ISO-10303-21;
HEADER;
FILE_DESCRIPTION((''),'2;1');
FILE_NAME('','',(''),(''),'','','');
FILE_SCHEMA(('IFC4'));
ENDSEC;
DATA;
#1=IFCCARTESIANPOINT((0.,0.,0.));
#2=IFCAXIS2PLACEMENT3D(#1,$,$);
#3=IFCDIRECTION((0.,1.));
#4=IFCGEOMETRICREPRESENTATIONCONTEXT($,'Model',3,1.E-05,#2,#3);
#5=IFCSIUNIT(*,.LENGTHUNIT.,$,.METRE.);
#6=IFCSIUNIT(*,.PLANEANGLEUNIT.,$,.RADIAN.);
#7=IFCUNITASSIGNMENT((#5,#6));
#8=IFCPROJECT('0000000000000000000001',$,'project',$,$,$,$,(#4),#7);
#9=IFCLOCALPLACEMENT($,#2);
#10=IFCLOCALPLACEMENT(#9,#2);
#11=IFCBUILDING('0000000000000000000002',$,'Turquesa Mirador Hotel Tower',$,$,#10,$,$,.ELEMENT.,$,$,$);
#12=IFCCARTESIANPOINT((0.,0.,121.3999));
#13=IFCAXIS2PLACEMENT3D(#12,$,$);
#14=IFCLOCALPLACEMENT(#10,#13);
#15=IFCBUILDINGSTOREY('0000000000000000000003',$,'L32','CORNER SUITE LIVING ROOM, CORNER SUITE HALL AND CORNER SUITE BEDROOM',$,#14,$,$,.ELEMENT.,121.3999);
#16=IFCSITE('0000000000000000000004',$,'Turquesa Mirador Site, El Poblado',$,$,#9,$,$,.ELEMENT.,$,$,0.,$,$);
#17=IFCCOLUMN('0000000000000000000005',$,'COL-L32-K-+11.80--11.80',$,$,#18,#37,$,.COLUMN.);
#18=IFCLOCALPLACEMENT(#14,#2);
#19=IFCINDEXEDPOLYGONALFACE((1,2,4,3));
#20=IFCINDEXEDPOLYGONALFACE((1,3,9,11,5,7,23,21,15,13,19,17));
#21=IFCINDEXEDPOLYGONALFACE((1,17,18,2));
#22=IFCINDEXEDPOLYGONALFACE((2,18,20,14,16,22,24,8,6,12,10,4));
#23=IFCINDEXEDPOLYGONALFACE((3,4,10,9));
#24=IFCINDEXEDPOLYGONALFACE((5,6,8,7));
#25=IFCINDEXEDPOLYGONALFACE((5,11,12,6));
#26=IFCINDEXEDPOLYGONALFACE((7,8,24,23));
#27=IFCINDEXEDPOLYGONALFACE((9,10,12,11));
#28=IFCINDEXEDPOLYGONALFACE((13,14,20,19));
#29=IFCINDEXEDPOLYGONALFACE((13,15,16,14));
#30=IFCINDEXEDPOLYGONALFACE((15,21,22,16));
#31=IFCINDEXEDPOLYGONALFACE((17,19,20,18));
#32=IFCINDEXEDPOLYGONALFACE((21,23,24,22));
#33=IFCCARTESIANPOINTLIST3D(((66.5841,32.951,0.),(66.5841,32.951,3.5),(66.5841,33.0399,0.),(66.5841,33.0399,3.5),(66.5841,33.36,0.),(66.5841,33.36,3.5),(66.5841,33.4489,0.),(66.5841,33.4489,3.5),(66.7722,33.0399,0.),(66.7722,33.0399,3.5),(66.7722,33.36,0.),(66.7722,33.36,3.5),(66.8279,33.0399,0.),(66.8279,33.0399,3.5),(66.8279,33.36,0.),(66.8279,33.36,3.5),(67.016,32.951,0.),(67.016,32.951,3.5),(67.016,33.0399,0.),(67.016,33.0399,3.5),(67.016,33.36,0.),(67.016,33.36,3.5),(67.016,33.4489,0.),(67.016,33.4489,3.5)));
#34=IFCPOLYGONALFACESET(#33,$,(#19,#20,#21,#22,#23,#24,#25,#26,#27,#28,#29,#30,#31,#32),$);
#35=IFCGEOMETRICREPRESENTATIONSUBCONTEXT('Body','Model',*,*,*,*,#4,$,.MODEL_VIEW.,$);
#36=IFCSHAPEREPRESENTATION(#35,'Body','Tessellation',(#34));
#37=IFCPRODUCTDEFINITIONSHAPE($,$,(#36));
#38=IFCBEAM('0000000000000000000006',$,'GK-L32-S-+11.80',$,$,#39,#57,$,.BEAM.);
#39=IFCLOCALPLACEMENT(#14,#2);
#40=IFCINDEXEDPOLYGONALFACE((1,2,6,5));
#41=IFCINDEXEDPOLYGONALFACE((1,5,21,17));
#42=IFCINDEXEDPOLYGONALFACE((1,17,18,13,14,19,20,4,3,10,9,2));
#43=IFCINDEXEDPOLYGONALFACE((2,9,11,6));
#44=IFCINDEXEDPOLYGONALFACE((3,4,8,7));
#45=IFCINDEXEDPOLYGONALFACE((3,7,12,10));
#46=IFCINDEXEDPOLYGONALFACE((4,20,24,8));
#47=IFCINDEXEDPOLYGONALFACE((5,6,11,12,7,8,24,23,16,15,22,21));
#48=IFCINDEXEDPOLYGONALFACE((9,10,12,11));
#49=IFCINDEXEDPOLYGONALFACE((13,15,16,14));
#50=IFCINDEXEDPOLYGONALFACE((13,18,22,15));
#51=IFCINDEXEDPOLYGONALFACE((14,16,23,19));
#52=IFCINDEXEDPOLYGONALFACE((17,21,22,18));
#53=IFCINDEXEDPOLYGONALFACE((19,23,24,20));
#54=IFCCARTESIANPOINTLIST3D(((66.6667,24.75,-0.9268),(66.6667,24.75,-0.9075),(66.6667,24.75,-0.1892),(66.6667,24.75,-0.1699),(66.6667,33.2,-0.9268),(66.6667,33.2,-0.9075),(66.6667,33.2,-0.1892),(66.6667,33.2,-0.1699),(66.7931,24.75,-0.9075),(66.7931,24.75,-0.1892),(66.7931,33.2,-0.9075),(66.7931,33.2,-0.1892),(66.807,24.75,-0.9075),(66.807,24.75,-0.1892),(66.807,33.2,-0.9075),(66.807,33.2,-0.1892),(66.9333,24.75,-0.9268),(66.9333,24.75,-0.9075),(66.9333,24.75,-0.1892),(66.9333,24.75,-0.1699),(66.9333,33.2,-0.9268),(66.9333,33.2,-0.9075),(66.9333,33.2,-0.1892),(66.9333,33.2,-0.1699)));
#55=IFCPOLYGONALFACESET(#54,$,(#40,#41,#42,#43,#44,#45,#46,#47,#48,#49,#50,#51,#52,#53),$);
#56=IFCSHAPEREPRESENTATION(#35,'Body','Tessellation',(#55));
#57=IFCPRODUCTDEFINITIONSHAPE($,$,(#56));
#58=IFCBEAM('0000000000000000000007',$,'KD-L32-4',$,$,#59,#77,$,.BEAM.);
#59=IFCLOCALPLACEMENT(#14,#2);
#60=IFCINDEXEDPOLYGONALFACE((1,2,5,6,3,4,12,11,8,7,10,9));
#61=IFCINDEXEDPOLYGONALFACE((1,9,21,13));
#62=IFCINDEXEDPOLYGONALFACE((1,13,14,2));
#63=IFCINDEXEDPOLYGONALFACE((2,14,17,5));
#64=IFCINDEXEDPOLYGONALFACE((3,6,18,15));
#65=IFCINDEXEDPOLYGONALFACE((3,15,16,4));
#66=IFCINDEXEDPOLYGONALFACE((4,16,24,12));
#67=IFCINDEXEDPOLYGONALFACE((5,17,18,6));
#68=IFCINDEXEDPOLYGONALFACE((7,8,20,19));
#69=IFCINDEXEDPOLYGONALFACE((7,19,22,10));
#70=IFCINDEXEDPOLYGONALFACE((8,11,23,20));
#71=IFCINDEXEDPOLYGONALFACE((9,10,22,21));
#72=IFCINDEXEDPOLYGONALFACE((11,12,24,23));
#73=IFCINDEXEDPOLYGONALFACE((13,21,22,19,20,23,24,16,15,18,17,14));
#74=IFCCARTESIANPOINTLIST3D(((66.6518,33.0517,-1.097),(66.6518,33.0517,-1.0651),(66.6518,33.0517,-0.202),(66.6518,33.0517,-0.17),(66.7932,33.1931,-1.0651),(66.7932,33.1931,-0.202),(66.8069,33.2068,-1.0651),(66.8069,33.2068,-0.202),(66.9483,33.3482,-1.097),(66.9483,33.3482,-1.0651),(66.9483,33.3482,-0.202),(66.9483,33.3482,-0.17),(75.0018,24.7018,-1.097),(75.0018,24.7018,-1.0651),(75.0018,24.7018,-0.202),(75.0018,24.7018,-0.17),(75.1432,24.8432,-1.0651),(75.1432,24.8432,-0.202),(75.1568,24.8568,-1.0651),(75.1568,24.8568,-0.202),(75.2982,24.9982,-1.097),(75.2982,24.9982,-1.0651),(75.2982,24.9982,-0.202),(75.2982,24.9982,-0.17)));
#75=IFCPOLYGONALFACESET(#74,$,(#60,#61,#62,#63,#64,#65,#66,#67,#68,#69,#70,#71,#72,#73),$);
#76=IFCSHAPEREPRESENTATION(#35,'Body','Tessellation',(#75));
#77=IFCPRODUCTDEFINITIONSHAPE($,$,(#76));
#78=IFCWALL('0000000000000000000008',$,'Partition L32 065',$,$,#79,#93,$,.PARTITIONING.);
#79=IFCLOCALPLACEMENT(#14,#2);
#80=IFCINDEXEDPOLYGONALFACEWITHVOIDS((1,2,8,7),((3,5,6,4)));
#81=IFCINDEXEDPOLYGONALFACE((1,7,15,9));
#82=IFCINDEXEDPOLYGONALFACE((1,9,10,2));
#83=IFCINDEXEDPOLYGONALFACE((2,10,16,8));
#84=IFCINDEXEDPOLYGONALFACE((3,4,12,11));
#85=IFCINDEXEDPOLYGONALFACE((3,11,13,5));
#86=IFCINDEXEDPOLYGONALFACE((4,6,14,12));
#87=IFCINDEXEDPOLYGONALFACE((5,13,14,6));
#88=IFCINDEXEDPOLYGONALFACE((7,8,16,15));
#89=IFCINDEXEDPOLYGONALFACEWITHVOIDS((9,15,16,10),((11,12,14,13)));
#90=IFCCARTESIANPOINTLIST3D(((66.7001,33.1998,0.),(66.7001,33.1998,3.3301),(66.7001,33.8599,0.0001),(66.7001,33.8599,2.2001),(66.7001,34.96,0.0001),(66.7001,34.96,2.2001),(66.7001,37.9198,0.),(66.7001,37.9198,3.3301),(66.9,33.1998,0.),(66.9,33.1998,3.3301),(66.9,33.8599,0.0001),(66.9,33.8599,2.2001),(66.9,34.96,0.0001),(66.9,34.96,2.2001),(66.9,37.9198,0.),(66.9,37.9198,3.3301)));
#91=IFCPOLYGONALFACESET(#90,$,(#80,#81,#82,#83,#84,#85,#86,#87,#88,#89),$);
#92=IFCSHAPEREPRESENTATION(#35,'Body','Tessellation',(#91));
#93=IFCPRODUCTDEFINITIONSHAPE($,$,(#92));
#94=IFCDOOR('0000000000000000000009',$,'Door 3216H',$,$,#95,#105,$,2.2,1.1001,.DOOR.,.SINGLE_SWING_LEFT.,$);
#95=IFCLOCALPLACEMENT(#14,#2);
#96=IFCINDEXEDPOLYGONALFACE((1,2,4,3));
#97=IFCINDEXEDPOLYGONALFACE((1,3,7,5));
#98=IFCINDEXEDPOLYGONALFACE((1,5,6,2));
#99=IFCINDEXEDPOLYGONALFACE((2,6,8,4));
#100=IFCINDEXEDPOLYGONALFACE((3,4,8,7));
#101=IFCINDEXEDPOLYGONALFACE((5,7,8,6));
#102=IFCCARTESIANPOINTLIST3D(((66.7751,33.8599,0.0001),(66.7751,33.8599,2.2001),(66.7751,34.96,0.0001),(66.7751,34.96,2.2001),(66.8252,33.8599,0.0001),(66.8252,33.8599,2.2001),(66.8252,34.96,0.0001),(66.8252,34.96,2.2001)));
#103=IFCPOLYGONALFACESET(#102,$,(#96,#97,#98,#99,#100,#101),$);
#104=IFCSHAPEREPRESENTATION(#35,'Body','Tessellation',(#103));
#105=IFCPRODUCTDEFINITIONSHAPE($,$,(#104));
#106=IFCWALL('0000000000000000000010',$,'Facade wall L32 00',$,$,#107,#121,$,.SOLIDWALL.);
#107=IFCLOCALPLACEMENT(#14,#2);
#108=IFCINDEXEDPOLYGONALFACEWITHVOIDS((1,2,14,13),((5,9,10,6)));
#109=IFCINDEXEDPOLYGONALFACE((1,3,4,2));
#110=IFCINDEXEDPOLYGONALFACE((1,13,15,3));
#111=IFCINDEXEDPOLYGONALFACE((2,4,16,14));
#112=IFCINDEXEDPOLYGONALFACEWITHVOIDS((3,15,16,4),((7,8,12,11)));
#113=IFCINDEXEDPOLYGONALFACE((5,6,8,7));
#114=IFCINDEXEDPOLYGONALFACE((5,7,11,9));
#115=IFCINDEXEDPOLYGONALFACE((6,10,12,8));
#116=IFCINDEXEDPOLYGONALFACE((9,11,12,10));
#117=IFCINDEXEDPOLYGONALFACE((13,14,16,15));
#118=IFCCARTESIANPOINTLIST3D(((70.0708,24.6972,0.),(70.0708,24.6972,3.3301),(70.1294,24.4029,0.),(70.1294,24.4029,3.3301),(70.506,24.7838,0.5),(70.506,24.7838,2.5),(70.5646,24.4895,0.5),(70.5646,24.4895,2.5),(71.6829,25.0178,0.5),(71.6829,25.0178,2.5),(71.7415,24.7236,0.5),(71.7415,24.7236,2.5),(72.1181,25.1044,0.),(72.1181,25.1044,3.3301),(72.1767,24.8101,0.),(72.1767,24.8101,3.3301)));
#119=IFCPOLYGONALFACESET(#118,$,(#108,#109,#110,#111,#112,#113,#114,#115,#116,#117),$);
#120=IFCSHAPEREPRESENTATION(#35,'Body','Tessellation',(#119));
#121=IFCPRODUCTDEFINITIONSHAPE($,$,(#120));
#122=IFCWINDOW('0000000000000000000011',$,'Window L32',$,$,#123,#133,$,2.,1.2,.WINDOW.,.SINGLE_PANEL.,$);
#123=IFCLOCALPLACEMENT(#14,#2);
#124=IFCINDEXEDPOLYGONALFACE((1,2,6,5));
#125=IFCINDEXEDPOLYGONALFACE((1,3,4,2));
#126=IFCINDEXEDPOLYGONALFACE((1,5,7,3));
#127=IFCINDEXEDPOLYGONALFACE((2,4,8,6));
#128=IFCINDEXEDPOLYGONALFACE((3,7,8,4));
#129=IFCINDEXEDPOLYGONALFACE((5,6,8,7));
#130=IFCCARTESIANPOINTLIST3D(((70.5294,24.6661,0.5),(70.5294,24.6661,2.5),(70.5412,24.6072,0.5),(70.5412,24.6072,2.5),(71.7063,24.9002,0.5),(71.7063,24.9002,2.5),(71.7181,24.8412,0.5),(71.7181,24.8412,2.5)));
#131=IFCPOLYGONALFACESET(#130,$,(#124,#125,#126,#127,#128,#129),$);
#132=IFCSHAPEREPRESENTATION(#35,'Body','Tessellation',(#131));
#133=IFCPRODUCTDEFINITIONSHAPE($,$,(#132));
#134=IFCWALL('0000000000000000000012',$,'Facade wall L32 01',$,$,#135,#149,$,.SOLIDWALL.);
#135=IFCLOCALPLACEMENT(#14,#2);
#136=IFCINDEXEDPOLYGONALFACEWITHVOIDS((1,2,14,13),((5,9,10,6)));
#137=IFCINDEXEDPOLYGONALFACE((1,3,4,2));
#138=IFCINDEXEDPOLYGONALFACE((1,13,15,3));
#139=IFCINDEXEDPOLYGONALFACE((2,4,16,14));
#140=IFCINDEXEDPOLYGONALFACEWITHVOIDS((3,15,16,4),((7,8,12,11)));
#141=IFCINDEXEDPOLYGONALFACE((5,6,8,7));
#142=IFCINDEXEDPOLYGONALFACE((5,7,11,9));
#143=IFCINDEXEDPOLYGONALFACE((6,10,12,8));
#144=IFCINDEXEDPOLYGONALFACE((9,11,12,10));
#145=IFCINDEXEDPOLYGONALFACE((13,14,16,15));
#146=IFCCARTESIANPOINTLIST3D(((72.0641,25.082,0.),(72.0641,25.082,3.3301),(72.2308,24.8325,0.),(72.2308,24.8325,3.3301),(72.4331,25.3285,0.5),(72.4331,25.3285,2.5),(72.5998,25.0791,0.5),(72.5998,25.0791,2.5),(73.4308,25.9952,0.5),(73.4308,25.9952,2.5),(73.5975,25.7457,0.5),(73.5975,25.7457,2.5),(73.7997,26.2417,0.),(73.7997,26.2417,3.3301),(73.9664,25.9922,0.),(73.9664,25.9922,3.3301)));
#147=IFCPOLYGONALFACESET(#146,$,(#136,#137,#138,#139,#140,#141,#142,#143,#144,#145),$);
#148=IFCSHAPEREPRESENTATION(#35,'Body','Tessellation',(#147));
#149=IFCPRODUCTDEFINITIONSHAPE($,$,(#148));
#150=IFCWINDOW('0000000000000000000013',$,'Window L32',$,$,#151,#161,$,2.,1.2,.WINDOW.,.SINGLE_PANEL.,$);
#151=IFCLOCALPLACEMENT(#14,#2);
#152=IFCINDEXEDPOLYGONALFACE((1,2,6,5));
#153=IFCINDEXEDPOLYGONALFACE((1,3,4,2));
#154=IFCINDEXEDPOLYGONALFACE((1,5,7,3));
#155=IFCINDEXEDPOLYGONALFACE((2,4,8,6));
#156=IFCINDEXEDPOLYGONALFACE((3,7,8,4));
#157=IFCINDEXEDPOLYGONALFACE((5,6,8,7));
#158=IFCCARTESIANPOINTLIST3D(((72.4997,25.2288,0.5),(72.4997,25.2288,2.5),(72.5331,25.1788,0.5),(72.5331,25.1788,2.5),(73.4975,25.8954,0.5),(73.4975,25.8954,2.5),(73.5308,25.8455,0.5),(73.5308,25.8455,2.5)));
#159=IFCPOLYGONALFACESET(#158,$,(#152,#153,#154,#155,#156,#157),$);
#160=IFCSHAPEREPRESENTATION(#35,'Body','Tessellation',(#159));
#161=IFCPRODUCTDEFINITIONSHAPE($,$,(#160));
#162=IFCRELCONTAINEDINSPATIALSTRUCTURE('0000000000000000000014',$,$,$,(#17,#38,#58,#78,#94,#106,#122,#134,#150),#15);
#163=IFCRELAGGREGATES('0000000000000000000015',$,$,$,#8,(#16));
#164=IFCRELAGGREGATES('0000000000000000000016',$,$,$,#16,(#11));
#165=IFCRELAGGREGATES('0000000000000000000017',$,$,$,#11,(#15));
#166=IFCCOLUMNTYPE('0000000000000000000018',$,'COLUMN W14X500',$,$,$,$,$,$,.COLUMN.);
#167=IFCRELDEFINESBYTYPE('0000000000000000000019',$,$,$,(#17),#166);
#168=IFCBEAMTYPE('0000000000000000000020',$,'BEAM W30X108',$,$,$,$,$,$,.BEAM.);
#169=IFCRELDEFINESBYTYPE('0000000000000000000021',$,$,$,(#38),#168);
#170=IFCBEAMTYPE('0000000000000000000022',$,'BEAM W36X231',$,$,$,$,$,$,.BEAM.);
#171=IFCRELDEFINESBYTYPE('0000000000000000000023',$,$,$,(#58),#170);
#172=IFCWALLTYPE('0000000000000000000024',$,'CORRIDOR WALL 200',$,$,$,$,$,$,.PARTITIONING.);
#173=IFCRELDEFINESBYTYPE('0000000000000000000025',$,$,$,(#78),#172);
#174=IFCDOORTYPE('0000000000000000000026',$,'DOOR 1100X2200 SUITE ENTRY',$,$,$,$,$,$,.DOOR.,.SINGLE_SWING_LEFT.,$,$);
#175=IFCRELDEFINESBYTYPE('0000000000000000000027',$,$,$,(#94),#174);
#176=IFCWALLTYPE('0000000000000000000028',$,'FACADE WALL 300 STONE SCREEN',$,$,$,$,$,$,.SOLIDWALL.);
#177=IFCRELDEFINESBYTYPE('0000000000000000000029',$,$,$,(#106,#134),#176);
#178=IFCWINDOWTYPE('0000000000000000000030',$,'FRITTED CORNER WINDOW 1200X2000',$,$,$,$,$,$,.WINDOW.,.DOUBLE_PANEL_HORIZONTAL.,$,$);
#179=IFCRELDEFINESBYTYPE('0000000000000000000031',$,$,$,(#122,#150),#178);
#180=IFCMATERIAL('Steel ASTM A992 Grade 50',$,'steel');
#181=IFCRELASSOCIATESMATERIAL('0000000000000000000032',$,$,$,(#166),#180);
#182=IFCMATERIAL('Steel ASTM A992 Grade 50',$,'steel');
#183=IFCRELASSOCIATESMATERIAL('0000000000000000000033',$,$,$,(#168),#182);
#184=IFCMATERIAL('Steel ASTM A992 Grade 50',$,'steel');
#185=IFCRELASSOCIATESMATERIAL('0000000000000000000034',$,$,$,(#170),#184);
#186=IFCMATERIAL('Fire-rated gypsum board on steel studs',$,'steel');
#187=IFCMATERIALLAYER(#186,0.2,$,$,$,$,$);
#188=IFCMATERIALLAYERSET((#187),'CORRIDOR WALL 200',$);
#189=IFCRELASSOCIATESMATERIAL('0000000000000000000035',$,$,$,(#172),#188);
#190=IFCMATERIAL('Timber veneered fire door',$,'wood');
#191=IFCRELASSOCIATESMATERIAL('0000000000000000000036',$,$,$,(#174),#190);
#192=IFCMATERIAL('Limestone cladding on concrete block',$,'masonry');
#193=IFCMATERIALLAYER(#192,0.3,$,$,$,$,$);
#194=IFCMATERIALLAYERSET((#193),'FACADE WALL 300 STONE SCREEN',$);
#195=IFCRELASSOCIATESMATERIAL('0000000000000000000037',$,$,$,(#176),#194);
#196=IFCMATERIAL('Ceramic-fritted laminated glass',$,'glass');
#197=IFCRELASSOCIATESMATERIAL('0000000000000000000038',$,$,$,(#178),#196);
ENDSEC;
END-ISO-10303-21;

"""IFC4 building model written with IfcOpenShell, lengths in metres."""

from ifc_helpers import new_model, si_unit, direction, frame, frame_2d, origin, origin_2d, place, context, subcontext, project, spatial, rectangle, i_section, extrude, material, layer, layer_set, material_profile, profile_set, type_object, element, fill, save


model = new_model("IFC4")

# Units and contexts
model_context = context("Model", 3, precision=1e-05, world=origin(), true_north=direction((0.0, 1.0)))
body_context = subcontext(model_context, "Body", "Model", "MODEL_VIEW")
ifc_project = project(units=[si_unit("LENGTHUNIT", "METRE"), si_unit("PLANEANGLEUNIT", "RADIAN")], contexts=[model_context])

# Site, building, storey
site_placement = place(None, origin())
site = spatial("IfcSite", under=ifc_project, at=site_placement, Name="Turquesa Mirador Site, El Poblado", CompositionType="ELEMENT", RefElevation=0.0)
building_placement = place(site_placement, origin())
building = spatial("IfcBuilding", under=site, at=building_placement, Name="Turquesa Mirador Hotel Tower", CompositionType="ELEMENT")
storey_placement = place(building_placement, frame((0.0, 0.0, 121.3999)))
storey = spatial("IfcBuildingStorey", under=building, at=storey_placement, Name="L32", Description="CORNER SUITE LIVING ROOM, CORNER SUITE HALL AND CORNER SUITE BEDROOM", CompositionType="ELEMENT", Elevation=121.3999)

# Column
ifc_material_1 = material(Name="Steel ASTM A992 Grade 50", Category="steel")
ifc_material_profile_1 = material_profile(ifc_material_1, i_section(OverallWidth=0.4319, OverallDepth=0.4978, WebThickness=0.0557, FlangeThickness=0.0889, at=origin_2d()), Name="W14X500")
ifc_profile_set_1 = profile_set([ifc_material_profile_1], Name="Steel ASTM A992 Grade 50")
column_type = type_object("IfcColumnType", Name="COLUMN W14X500", PredefinedType="COLUMN", material=ifc_profile_set_1)
column_placement = place(storey_placement, frame((66.8, 33.2, 0.0), z_axis=(0.0, 0.0, 1.0), x_axis=(1.0, 0.0, 0.0)))
element("IfcColumn", 1, at=column_placement, inside=storey, type_object=column_type, Name="COL-L32-K-+11.80--11.80", PredefinedType="COLUMN", context=body_context, shape_type="SweptSolid", body=[
    extrude(i_section(OverallWidth=0.4319, OverallDepth=0.4978, WebThickness=0.0557, FlangeThickness=0.0889, at=origin_2d()), origin(), (0.0, 0.0, 1.0), 3.5),
])

# Beams
ifc_material_2 = material(Name="Steel ASTM A992 Grade 50", Category="steel")
ifc_material_profile_2 = material_profile(ifc_material_2, i_section(OverallWidth=0.2666, OverallDepth=0.7568, WebThickness=0.0139, FlangeThickness=0.0193, at=origin_2d()), Name="W30X108")
ifc_profile_set_2 = profile_set([ifc_material_profile_2], Name="Steel ASTM A992 Grade 50")
beam_type_1 = type_object("IfcBeamType", Name="BEAM W30X108", PredefinedType="BEAM", material=ifc_profile_set_2)
beam_1_placement = place(storey_placement, frame((66.8, 24.75, -0.5483), z_axis=(0.0, 1.0, 0.0), x_axis=(-1.0, 0.0, 0.0)))
element("IfcBeam", 2, at=beam_1_placement, inside=storey, type_object=beam_type_1, Name="GK-L32-S-+11.80", PredefinedType="BEAM", context=body_context, shape_type="SweptSolid", body=[
    extrude(i_section(OverallWidth=0.2666, OverallDepth=0.7568, WebThickness=0.0139, FlangeThickness=0.0193, at=origin_2d()), origin(), (0.0, 0.0, 1.0), 8.45),
])
ifc_material_3 = material(Name="Steel ASTM A992 Grade 50", Category="steel")
ifc_material_profile_3 = material_profile(ifc_material_3, i_section(OverallWidth=0.4192, OverallDepth=0.927, WebThickness=0.0193, FlangeThickness=0.032, at=origin_2d()), Name="W36X231")
ifc_profile_set_3 = profile_set([ifc_material_profile_3], Name="Steel ASTM A992 Grade 50")
beam_type_2 = type_object("IfcBeamType", Name="BEAM W36X231", PredefinedType="BEAM", material=ifc_profile_set_3)
beam_2_placement = place(storey_placement, frame((66.8, 33.2, -0.6335), z_axis=(0.707107, -0.707107, 0.0), x_axis=(0.707107, 0.707107, 0.0)))
element("IfcBeam", 3, at=beam_2_placement, inside=storey, type_object=beam_type_2, Name="KD-L32-4", PredefinedType="BEAM", context=body_context, shape_type="SweptSolid", body=[
    extrude(i_section(OverallWidth=0.4192, OverallDepth=0.927, WebThickness=0.0193, FlangeThickness=0.032, at=origin_2d()), origin(), (0.0, 0.0, 1.0), 11.8086),
])

# Wall, opening, door
ifc_material_4 = material(Name="Fire-rated gypsum board on steel studs", Category="steel")
ifc_layer_1 = layer(ifc_material_4, 0.2)
ifc_layer_set_1 = layer_set([ifc_layer_1], Name="CORRIDOR WALL 200")
wall_type_1 = type_object("IfcWallType", Name="CORRIDOR WALL 200", PredefinedType="PARTITIONING", material=ifc_layer_set_1)
wall_1_placement = place(storey_placement, frame((66.8, 33.2, 0.0), z_axis=(0.0, 0.0, 1.0), x_axis=(0.0, 1.0, 0.0)))
wall_1 = element("IfcWall", 4, at=wall_1_placement, inside=storey, type_object=wall_type_1, Name="Partition L32 065", PredefinedType="PARTITIONING", context=body_context, shape_type="SweptSolid", body=[
    extrude(rectangle(XDim=4.72, YDim=0.2, at=frame_2d((2.3599, 0.0))), origin(), (0.0, 0.0, 1.0), 3.3301),
])
opening_1_placement = place(wall_1_placement, frame((0.6599, 0.0, 0.0)))
opening_1 = element("IfcOpeningElement", 5, at=opening_1_placement, cuts=wall_1, PredefinedType="OPENING", context=body_context, shape_type="SweptSolid", body=[
    extrude(rectangle(XDim=1.1001, YDim=2.2, at=frame_2d((0.55, 1.1001))), frame((0.0, 0.1099, 0.0), z_axis=(0.0, -1.0, 0.0), x_axis=(1.0, 0.0, 0.0)), (0.0, 0.0, 1.0), 0.22),
])
ifc_material_5 = material(Name="Timber veneered fire door", Category="wood")
door_type_1 = type_object("IfcDoorType", Name="DOOR 1100X2200 SUITE ENTRY", OperationType="SINGLE_SWING_LEFT", PredefinedType="DOOR", material=ifc_material_5)
door_1_placement = place(opening_1_placement, origin())
door_1 = element("IfcDoor", 6, at=door_1_placement, inside=storey, type_object=door_type_1, Name="Door 3216H", OperationType="SINGLE_SWING_LEFT", OverallHeight=2.2, OverallWidth=1.1001, PredefinedType="DOOR", context=body_context, shape_type="SweptSolid", body=[
    extrude(rectangle(XDim=1.1001, YDim=2.2, at=frame_2d((0.55, 1.1001))), frame((0.0, 0.0249, 0.0), z_axis=(0.0, -1.0, 0.0), x_axis=(1.0, 0.0, 0.0)), (0.0, 0.0, 1.0), 0.05),
])
fill(opening_1, door_1)

# Walls, openings, windows
ifc_material_6 = material(Name="Limestone cladding on concrete block", Category="masonry")
ifc_layer_2 = layer(ifc_material_6, 0.3)
ifc_layer_set_2 = layer_set([ifc_layer_2], Name="FACADE WALL 300 STONE SCREEN")
wall_type_2 = type_object("IfcWallType", Name="FACADE WALL 300 STONE SCREEN", PredefinedType="SOLIDWALL", material=ifc_layer_set_2)
wall_2_placement = place(storey_placement, frame((70.1001, 24.55, 0.0), z_axis=(0.0, 0.0, 1.0), x_axis=(0.980787, 0.195081, 0.0)))
wall_2 = element("IfcWall", 7, at=wall_2_placement, inside=storey, type_object=wall_type_2, Name="Facade wall L32 00", PredefinedType="SOLIDWALL", context=body_context, shape_type="SweptSolid", body=[
    extrude(rectangle(XDim=2.0874, YDim=0.3, at=frame_2d((1.0437, 0.0))), origin(), (0.0, 0.0, 1.0), 3.3301),
])
opening_2_placement = place(wall_2_placement, frame((0.4436, 0.0, 0.5)))
opening_2 = element("IfcOpeningElement", 8, at=opening_2_placement, cuts=wall_2, PredefinedType="OPENING", context=body_context, shape_type="SweptSolid", body=[
    extrude(rectangle(XDim=1.2, YDim=2.0, at=frame_2d((0.6001, 1.0))), frame((0.0, 0.1599, 0.0), z_axis=(0.0, -1.0, 0.0), x_axis=(1.0, 0.0, 0.0)), (0.0, 0.0, 1.0), 0.3201),
])
ifc_material_7 = material(Name="Ceramic-fritted laminated glass", Category="glass")
window_type = type_object("IfcWindowType", Name="FRITTED CORNER WINDOW 1200X2000", PartitioningType="DOUBLE_PANEL_HORIZONTAL", PredefinedType="WINDOW", material=ifc_material_7)
window_1_placement = place(opening_2_placement, origin())
window_1 = element("IfcWindow", 9, at=window_1_placement, inside=storey, type_object=window_type, Name="Window L32", OverallHeight=2.0, OverallWidth=1.2, PartitioningType="SINGLE_PANEL", PredefinedType="WINDOW", context=body_context, shape_type="SweptSolid", body=[
    extrude(rectangle(XDim=1.2, YDim=2.0, at=frame_2d((0.6001, 1.0))), frame((0.0, 0.03, 0.0), z_axis=(0.0, -1.0, 0.0), x_axis=(1.0, 0.0, 0.0)), (0.0, 0.0, 1.0), 0.0601),
])
fill(opening_2, window_1)
wall_3_placement = place(storey_placement, frame((72.1475, 24.9573, 0.0), z_axis=(0.0, 0.0, 1.0), x_axis=(0.831474, 0.555564, 0.0)))
wall_3 = element("IfcWall", 10, at=wall_3_placement, inside=storey, type_object=wall_type_2, Name="Facade wall L32 01", PredefinedType="SOLIDWALL", context=body_context, shape_type="SweptSolid", body=[
    extrude(rectangle(XDim=2.0874, YDim=0.3, at=frame_2d((1.0437, 0.0))), origin(), (0.0, 0.0, 1.0), 3.3301),
])
opening_3_placement = place(wall_3_placement, frame((0.4436, 0.0, 0.5)))
opening_3 = element("IfcOpeningElement", 11, at=opening_3_placement, cuts=wall_3, PredefinedType="OPENING", context=body_context, shape_type="SweptSolid", body=[
    extrude(rectangle(XDim=1.2, YDim=2.0, at=frame_2d((0.6001, 1.0))), frame((0.0, 0.1599, 0.0), z_axis=(0.0, -1.0, 0.0), x_axis=(1.0, 0.0, 0.0)), (0.0, 0.0, 1.0), 0.3201),
])
window_2_placement = place(opening_3_placement, origin())
window_2 = element("IfcWindow", 12, at=window_2_placement, inside=storey, type_object=window_type, Name="Window L32", OverallHeight=2.0, OverallWidth=1.2, PartitioningType="SINGLE_PANEL", PredefinedType="WINDOW", context=body_context, shape_type="SweptSolid", body=[
    extrude(rectangle(XDim=1.2, YDim=2.0, at=frame_2d((0.6001, 1.0))), frame((0.0, 0.03, 0.0), z_axis=(0.0, -1.0, 0.0), x_axis=(1.0, 0.0, 0.0)), (0.0, 0.0, 1.0), 0.0601),
])
fill(opening_3, window_2)

save(model, "model.ifc")
